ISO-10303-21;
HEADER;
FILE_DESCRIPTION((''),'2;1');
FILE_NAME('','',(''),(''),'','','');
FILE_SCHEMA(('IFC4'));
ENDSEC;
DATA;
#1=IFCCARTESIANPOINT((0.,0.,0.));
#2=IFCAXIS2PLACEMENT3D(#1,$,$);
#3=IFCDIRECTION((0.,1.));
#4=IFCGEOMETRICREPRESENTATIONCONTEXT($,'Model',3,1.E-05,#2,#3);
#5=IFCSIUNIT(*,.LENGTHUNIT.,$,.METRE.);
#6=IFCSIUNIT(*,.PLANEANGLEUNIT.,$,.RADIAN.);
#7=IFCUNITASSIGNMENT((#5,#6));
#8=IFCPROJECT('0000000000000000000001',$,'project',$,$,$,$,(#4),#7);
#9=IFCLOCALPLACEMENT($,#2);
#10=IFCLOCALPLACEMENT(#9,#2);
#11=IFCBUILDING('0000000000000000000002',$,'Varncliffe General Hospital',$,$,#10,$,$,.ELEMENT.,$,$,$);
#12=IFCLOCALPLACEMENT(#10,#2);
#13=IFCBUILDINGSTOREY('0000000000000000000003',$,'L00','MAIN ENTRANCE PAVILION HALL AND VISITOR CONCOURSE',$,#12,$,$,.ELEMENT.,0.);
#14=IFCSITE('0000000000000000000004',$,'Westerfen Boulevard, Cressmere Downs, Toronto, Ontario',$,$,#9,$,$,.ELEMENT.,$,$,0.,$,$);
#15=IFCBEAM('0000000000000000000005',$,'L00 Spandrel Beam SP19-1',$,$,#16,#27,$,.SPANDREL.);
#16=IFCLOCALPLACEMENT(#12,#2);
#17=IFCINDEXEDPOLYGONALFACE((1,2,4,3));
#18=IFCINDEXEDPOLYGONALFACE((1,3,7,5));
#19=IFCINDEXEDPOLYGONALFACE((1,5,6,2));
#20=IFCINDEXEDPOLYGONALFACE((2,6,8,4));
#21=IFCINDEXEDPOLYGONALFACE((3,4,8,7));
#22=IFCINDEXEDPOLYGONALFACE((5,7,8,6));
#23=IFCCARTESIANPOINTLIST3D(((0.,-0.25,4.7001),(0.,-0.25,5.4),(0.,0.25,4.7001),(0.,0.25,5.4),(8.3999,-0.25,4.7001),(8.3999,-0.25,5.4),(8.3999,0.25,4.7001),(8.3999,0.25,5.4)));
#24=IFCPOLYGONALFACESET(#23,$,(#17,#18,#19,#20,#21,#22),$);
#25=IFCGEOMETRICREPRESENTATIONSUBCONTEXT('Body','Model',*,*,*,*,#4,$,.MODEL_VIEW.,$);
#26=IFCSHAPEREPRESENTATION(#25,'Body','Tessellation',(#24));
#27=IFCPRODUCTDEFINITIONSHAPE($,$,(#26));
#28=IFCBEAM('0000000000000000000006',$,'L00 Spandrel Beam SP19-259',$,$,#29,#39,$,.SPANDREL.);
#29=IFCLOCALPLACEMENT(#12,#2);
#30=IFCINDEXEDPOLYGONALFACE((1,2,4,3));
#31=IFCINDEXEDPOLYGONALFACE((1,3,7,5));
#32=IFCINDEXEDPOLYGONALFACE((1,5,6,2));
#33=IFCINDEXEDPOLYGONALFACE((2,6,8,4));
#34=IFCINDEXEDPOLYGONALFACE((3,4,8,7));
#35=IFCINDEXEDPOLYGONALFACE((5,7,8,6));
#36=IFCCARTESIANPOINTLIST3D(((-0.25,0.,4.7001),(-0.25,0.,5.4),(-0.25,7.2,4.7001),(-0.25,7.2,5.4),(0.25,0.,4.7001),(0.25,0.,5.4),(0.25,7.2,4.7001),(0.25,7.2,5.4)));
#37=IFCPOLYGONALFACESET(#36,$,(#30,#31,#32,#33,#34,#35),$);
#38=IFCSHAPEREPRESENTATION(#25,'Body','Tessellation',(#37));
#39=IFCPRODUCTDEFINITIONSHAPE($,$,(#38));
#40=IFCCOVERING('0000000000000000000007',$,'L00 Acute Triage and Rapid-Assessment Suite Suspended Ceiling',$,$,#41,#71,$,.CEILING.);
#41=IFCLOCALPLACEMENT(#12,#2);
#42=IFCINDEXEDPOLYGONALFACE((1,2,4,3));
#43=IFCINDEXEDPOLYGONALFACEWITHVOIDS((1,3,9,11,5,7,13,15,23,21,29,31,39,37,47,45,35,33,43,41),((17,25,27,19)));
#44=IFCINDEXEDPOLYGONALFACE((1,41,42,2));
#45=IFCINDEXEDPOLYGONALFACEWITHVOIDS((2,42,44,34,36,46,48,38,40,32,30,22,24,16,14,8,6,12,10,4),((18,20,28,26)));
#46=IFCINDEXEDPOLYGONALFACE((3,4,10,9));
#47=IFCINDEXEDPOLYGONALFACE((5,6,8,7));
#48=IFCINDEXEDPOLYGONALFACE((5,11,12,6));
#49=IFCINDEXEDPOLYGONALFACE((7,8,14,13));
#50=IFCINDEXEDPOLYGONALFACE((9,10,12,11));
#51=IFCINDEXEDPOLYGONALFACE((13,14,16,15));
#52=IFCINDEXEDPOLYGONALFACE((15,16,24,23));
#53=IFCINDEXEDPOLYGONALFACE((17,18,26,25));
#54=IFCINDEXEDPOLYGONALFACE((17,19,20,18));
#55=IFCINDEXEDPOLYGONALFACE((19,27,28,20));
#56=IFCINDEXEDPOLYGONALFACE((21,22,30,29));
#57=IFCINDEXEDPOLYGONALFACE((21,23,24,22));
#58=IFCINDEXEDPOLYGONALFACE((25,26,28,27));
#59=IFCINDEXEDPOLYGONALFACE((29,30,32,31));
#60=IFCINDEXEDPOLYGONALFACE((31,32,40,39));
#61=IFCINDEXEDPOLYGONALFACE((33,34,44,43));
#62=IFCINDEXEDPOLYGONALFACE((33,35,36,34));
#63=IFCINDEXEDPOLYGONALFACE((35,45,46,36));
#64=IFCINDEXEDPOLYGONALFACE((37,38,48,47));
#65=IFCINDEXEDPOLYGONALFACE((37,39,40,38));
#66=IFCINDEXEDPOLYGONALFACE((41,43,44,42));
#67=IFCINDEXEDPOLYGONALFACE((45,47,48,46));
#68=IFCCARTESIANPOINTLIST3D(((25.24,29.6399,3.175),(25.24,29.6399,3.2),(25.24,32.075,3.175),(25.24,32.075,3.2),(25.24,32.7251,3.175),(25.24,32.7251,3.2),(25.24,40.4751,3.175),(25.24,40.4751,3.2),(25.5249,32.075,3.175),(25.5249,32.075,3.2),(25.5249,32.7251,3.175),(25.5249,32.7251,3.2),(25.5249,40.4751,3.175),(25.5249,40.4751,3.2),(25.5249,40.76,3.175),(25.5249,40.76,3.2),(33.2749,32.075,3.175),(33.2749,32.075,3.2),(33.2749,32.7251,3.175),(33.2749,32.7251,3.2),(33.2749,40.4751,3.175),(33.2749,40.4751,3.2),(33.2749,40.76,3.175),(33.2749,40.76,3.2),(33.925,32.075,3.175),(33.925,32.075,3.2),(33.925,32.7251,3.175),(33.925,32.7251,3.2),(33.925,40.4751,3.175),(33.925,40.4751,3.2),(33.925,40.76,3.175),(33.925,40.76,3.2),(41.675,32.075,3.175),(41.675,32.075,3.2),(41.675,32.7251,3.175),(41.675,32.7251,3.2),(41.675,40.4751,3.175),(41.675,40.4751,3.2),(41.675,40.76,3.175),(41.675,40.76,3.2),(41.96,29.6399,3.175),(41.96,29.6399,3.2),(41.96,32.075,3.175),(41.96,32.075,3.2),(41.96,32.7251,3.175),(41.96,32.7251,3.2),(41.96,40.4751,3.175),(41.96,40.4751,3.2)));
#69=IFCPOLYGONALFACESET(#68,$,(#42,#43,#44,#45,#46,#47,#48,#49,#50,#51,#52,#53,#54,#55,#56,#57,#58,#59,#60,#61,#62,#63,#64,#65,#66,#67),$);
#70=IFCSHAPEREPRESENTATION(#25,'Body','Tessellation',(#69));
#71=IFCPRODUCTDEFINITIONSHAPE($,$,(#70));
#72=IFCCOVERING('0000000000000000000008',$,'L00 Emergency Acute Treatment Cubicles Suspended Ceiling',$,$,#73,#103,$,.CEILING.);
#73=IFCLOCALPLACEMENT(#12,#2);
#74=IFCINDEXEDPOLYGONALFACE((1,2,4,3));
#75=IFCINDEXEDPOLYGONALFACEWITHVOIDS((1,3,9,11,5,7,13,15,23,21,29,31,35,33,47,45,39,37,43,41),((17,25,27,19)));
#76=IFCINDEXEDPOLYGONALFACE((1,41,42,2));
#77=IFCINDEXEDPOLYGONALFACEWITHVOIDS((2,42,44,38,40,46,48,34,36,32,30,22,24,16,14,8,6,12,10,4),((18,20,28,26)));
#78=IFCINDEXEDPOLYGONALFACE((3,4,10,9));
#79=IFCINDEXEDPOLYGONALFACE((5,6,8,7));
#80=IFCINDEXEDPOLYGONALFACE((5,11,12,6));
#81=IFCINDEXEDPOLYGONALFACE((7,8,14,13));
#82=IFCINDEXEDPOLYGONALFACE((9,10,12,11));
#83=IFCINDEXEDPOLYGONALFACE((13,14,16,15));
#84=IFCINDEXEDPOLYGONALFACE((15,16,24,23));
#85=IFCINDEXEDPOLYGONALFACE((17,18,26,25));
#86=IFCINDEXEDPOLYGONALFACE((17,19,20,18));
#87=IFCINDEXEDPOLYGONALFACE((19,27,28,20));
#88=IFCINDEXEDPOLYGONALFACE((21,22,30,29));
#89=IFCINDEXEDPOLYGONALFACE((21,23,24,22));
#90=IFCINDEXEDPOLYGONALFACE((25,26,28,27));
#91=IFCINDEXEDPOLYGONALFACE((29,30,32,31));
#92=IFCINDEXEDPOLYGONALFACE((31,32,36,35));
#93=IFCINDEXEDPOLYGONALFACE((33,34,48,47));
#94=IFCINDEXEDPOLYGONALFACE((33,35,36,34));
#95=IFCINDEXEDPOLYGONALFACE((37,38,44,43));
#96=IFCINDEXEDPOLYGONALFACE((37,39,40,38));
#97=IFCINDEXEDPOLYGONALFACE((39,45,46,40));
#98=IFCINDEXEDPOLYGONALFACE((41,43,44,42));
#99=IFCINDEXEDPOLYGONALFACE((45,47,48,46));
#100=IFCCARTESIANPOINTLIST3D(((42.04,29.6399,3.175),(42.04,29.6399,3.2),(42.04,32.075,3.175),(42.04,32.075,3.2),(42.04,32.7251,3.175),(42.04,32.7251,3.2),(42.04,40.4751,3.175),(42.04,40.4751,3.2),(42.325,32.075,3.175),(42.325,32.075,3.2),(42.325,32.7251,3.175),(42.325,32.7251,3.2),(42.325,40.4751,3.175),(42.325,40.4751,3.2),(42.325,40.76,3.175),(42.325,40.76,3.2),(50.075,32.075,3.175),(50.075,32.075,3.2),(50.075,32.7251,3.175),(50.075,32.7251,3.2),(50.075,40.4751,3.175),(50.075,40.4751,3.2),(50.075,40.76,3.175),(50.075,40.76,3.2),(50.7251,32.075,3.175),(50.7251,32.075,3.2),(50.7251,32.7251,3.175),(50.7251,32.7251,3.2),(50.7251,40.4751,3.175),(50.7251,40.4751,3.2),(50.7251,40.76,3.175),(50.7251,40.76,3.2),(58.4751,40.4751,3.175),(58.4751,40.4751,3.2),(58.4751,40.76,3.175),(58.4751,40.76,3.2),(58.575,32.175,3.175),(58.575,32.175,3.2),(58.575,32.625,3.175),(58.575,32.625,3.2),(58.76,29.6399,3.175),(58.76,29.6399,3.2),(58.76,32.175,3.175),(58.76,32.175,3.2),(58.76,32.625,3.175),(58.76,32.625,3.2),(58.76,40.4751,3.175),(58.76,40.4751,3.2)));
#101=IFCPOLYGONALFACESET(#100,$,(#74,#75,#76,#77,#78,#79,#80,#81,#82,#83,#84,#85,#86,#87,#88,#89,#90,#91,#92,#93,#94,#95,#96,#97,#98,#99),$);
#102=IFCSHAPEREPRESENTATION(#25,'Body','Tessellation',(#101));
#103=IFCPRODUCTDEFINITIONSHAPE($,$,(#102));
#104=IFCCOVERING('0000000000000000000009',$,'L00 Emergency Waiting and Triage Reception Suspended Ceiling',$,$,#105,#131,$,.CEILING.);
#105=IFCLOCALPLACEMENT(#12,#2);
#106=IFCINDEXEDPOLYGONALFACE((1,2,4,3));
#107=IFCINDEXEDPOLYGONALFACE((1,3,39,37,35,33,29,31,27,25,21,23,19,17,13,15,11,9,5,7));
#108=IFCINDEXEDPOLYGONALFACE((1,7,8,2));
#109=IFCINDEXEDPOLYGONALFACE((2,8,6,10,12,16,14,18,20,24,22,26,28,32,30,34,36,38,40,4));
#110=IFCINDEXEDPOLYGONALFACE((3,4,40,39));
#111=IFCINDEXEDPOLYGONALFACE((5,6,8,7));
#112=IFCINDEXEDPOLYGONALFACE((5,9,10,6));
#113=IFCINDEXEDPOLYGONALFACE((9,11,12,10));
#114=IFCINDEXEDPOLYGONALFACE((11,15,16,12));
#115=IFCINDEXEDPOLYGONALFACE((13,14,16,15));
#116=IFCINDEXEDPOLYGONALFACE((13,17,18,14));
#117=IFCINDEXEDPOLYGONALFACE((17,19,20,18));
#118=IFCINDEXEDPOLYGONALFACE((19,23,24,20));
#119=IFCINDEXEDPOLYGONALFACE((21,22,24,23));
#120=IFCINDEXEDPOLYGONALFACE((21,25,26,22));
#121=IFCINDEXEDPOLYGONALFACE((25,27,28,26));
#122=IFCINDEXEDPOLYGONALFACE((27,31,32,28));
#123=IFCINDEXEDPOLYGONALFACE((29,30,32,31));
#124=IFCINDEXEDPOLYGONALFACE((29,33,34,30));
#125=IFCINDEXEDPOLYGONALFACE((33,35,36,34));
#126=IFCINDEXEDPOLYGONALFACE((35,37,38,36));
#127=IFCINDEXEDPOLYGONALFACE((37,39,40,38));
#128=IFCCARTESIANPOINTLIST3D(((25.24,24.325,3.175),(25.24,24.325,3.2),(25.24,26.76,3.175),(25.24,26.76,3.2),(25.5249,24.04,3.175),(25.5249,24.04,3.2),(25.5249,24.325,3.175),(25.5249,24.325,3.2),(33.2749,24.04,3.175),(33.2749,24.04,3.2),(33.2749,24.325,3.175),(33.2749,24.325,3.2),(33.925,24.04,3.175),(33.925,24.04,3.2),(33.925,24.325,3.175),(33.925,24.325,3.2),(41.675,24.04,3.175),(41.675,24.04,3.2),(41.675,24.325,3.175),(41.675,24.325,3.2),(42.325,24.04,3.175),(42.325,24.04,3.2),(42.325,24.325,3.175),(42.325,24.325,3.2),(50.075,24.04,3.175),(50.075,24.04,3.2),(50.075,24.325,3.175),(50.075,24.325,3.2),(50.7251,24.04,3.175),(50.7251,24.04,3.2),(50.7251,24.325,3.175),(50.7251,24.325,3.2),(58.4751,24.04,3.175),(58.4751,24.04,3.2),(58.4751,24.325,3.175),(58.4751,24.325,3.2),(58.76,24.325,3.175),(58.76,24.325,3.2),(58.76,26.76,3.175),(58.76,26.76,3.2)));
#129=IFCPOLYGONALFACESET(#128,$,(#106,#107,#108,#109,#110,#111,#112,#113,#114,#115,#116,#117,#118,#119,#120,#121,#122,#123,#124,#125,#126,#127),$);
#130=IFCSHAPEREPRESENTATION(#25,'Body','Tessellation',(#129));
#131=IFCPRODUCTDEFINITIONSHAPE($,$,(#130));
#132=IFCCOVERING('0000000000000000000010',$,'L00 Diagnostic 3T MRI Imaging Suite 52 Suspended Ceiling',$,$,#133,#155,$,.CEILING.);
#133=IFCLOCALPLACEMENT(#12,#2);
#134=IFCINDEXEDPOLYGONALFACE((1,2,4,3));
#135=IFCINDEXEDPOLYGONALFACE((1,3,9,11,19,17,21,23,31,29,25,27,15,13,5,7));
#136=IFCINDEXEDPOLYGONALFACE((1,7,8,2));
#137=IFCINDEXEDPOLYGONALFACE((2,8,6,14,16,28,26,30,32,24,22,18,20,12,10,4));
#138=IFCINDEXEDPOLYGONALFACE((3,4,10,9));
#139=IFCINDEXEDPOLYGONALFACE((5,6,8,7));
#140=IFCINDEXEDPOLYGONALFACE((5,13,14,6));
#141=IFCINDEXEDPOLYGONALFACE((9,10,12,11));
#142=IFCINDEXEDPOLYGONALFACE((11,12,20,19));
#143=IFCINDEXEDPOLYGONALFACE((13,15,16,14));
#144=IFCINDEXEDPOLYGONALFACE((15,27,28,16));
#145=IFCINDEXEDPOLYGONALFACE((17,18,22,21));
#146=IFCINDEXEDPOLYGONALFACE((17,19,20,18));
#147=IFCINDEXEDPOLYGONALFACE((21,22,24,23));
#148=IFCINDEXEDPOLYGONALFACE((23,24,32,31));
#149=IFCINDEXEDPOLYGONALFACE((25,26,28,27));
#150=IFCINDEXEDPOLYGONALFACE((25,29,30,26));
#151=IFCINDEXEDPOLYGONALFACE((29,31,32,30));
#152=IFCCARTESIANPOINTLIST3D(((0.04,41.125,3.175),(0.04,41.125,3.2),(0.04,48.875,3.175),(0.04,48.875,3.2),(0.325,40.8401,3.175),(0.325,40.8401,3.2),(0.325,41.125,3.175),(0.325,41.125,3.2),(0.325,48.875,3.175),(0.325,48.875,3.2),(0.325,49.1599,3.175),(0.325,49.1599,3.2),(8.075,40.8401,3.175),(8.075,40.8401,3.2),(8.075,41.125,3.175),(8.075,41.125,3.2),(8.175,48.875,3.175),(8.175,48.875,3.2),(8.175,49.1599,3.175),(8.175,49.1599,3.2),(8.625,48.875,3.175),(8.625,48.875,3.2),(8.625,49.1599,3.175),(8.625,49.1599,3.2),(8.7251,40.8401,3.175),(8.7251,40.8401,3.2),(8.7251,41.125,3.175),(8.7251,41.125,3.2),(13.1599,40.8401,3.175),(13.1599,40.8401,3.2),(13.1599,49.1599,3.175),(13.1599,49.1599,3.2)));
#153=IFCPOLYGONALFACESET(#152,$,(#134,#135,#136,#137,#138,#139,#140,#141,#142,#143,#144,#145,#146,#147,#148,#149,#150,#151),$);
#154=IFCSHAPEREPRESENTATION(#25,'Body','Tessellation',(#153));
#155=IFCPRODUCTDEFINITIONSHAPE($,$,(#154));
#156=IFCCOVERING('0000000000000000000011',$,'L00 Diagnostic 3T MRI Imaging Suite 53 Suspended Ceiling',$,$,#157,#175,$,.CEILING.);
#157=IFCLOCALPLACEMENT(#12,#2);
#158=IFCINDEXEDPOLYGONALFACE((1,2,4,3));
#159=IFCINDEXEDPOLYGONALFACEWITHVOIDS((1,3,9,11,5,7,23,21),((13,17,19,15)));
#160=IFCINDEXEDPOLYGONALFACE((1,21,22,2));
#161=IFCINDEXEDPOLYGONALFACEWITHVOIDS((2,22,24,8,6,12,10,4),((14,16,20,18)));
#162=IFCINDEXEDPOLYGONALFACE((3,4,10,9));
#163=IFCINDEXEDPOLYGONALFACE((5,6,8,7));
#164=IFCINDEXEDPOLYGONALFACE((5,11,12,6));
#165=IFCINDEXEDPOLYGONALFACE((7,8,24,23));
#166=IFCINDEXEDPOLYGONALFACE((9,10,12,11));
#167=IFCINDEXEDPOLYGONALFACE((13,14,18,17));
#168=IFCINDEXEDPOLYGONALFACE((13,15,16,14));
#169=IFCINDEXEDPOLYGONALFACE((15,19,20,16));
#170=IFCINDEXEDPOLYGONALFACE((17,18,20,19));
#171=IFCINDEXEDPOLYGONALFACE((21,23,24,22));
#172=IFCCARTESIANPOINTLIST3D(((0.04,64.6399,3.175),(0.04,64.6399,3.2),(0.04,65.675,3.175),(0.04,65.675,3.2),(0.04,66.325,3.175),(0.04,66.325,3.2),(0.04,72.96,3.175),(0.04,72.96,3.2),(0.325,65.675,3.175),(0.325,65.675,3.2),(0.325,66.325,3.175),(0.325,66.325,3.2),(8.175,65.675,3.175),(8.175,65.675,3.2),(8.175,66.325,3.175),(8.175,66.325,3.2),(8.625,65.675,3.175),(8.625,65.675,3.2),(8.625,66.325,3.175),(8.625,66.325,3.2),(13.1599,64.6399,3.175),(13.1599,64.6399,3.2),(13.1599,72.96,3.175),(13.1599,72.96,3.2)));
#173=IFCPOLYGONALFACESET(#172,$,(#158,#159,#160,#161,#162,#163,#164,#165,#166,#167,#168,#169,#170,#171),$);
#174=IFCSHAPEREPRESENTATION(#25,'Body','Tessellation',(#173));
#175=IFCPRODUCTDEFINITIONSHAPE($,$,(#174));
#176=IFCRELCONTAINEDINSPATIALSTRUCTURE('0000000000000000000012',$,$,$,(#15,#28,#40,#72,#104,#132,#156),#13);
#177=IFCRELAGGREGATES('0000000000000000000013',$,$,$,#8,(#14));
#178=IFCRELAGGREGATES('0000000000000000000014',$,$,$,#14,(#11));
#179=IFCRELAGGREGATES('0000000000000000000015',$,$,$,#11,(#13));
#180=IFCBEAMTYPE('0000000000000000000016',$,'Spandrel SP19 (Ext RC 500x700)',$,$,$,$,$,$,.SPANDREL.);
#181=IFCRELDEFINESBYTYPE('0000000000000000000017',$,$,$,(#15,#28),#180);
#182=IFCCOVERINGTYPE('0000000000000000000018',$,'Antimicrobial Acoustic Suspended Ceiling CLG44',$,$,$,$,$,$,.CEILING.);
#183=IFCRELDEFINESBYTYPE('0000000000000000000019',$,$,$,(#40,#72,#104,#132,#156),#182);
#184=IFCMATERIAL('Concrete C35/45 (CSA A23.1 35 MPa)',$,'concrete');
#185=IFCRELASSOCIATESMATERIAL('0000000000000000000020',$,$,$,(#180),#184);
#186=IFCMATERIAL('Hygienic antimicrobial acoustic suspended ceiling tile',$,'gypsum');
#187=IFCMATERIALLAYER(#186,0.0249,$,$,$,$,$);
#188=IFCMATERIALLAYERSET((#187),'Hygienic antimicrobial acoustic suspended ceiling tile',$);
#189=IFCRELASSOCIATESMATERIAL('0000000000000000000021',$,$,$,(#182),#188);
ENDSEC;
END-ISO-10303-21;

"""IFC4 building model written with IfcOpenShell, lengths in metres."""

from ifc_helpers import new_model, si_unit, direction, frame, origin, origin_2d, place, context, subcontext, project, spatial, polyline, rectangle, outline, extrude, material, layer, layer_set, material_profile, profile_set, type_object, element, save


model = new_model("IFC4")

# Units and contexts
model_context = context("Model", 3, precision=1e-05, world=origin(), true_north=direction((0.0, 1.0)))
body_context = subcontext(model_context, "Body", "Model", "MODEL_VIEW")
ifc_project = project(units=[si_unit("LENGTHUNIT", "METRE"), si_unit("PLANEANGLEUNIT", "RADIAN")], contexts=[model_context])

# Site, building, storey
site_placement = place(None, origin())
site = spatial("IfcSite", under=ifc_project, at=site_placement, Name="Westerfen Boulevard, Cressmere Downs, Toronto, Ontario", CompositionType="ELEMENT", RefElevation=0.0)
building_placement = place(site_placement, origin())
building = spatial("IfcBuilding", under=site, at=building_placement, Name="Varncliffe General Hospital", CompositionType="ELEMENT")
storey_placement = place(building_placement, origin())
storey = spatial("IfcBuildingStorey", under=building, at=storey_placement, Name="L00", Description="MAIN ENTRANCE PAVILION HALL AND VISITOR CONCOURSE", CompositionType="ELEMENT", Elevation=0.0)

# Beams
ifc_material_1 = material(Name="Concrete C35/45 (CSA A23.1 35 MPa)", Category="concrete")
ifc_material_profile = material_profile(ifc_material_1, rectangle(XDim=0.5, YDim=0.7, at=origin_2d()), Name="RC 500x700")
ifc_profile_set = profile_set([ifc_material_profile], Name="Concrete C35/45 (CSA A23.1 35 MPa)")
beam_type = type_object("IfcBeamType", Name="Spandrel SP19 (Ext RC 500x700)", PredefinedType="SPANDREL", material=ifc_profile_set)
beam_1_placement = place(storey_placement, frame((0.0, 0.0, 5.05), z_axis=(1.0, 0.0, 0.0), x_axis=(0.0, 1.0, 0.0)))
element("IfcBeam", 1, at=beam_1_placement, inside=storey, type_object=beam_type, Name="L00 Spandrel Beam SP19-1", PredefinedType="SPANDREL", context=body_context, shape_type="SweptSolid", body=[
    extrude(rectangle(XDim=0.5, YDim=0.7, at=origin_2d()), origin(), (0.0, 0.0, 1.0), 8.3999),
])
beam_2_placement = place(storey_placement, frame((0.0, 0.0, 5.05), z_axis=(0.0, 1.0, 0.0), x_axis=(-1.0, 0.0, 0.0)))
element("IfcBeam", 2, at=beam_2_placement, inside=storey, type_object=beam_type, Name="L00 Spandrel Beam SP19-259", PredefinedType="SPANDREL", context=body_context, shape_type="SweptSolid", body=[
    extrude(rectangle(XDim=0.5, YDim=0.7, at=origin_2d()), origin(), (0.0, 0.0, 1.0), 7.2),
])

# Coverings
ifc_material_2 = material(Name="Hygienic antimicrobial acoustic suspended ceiling tile", Category="gypsum")
ifc_layer_1 = layer(ifc_material_2, 0.0249)
ifc_layer_set_1 = layer_set([ifc_layer_1], Name="Hygienic antimicrobial acoustic suspended ceiling tile")
covering_type = type_object("IfcCoveringType", Name="Antimicrobial Acoustic Suspended Ceiling CLG44", PredefinedType="CEILING", material=ifc_layer_set_1)
covering_1_placement = place(storey_placement, frame((0.0, 0.0, 3.175)))
element("IfcCovering", 3, at=covering_1_placement, inside=storey, type_object=covering_type, Name="L00 Acute Triage and Rapid-Assessment Suite Suspended Ceiling", PredefinedType="CEILING", context=body_context, shape_type="SweptSolid", body=[
    extrude(outline(polyline([(25.24, 32.075), (25.5249, 32.075), (25.5249, 32.7251), (25.24, 32.7251), (25.24, 40.4751), (25.5249, 40.4751), (25.5249, 40.76), (33.2749, 40.76), (33.2749, 40.4751), (33.925, 40.4751), (33.925, 40.76), (41.675, 40.76), (41.675, 40.4751), (41.96, 40.4751), (41.96, 32.7251), (41.675, 32.7251), (41.675, 32.075), (41.96, 32.075), (41.96, 29.6399), (25.24, 29.6399), (25.24, 32.075)]), holes=[polyline([(33.925, 32.075), (33.925, 32.7251), (33.2749, 32.7251), (33.2749, 32.075), (33.925, 32.075)])]), origin(), (0.0, 0.0, 1.0), 0.0249),
])
covering_2_placement = place(storey_placement, frame((0.0, 0.0, 3.175)))
element("IfcCovering", 4, at=covering_2_placement, inside=storey, type_object=covering_type, Name="L00 Emergency Acute Treatment Cubicles Suspended Ceiling", PredefinedType="CEILING", context=body_context, shape_type="SweptSolid", body=[
    extrude(outline(polyline([(42.04, 32.075), (42.325, 32.075), (42.325, 32.7251), (42.04, 32.7251), (42.04, 40.4751), (42.325, 40.4751), (42.325, 40.76), (50.075, 40.76), (50.075, 40.4751), (50.7251, 40.4751), (50.7251, 40.76), (58.4751, 40.76), (58.4751, 40.4751), (58.76, 40.4751), (58.76, 32.625), (58.575, 32.625), (58.575, 32.175), (58.76, 32.175), (58.76, 29.6399), (42.04, 29.6399), (42.04, 32.075)]), holes=[polyline([(50.7251, 32.075), (50.7251, 32.7251), (50.075, 32.7251), (50.075, 32.075), (50.7251, 32.075)])]), origin(), (0.0, 0.0, 1.0), 0.0249),
])
covering_3_placement = place(storey_placement, frame((0.0, 0.0, 3.175)))
element("IfcCovering", 5, at=covering_3_placement, inside=storey, type_object=covering_type, Name="L00 Emergency Waiting and Triage Reception Suspended Ceiling", PredefinedType="CEILING", context=body_context, shape_type="SweptSolid", body=[
    extrude(outline(polyline([(50.7251, 24.325), (50.075, 24.325), (50.075, 24.04), (42.325, 24.04), (42.325, 24.325), (41.675, 24.325), (41.675, 24.04), (33.925, 24.04), (33.925, 24.325), (33.2749, 24.325), (33.2749, 24.04), (25.5249, 24.04), (25.5249, 24.325), (25.24, 24.325), (25.24, 26.76), (58.76, 26.76), (58.76, 24.325), (58.4751, 24.325), (58.4751, 24.04), (50.7251, 24.04), (50.7251, 24.325)])), origin(), (0.0, 0.0, 1.0), 0.0249),
])
covering_4_placement = place(storey_placement, frame((0.0, 0.0, 3.175)))
element("IfcCovering", 6, at=covering_4_placement, inside=storey, type_object=covering_type, Name="L00 Diagnostic 3T MRI Imaging Suite 52 Suspended Ceiling", PredefinedType="CEILING", context=body_context, shape_type="SweptSolid", body=[
    extrude(outline(polyline([(8.7251, 40.8401), (8.7251, 41.125), (8.075, 41.125), (8.075, 40.8401), (0.325, 40.8401), (0.325, 41.125), (0.04, 41.125), (0.04, 48.875), (0.325, 48.875), (0.325, 49.1599), (8.175, 49.1599), (8.175, 48.875), (8.625, 48.875), (8.625, 49.1599), (13.1599, 49.1599), (13.1599, 40.8401), (8.7251, 40.8401)])), origin(), (0.0, 0.0, 1.0), 0.0249),
])
covering_5_placement = place(storey_placement, frame((0.0, 0.0, 3.175)))
element("IfcCovering", 7, at=covering_5_placement, inside=storey, type_object=covering_type, Name="L00 Diagnostic 3T MRI Imaging Suite 53 Suspended Ceiling", PredefinedType="CEILING", context=body_context, shape_type="SweptSolid", body=[
    extrude(outline(polyline([(0.04, 72.96), (13.1599, 72.96), (13.1599, 64.6399), (0.04, 64.6399), (0.04, 65.675), (0.325, 65.675), (0.325, 66.325), (0.04, 66.325), (0.04, 72.96)]), holes=[polyline([(8.625, 65.675), (8.625, 66.325), (8.175, 66.325), (8.175, 65.675), (8.625, 65.675)])]), origin(), (0.0, 0.0, 1.0), 0.0249),
])

save(model, "model.ifc")
